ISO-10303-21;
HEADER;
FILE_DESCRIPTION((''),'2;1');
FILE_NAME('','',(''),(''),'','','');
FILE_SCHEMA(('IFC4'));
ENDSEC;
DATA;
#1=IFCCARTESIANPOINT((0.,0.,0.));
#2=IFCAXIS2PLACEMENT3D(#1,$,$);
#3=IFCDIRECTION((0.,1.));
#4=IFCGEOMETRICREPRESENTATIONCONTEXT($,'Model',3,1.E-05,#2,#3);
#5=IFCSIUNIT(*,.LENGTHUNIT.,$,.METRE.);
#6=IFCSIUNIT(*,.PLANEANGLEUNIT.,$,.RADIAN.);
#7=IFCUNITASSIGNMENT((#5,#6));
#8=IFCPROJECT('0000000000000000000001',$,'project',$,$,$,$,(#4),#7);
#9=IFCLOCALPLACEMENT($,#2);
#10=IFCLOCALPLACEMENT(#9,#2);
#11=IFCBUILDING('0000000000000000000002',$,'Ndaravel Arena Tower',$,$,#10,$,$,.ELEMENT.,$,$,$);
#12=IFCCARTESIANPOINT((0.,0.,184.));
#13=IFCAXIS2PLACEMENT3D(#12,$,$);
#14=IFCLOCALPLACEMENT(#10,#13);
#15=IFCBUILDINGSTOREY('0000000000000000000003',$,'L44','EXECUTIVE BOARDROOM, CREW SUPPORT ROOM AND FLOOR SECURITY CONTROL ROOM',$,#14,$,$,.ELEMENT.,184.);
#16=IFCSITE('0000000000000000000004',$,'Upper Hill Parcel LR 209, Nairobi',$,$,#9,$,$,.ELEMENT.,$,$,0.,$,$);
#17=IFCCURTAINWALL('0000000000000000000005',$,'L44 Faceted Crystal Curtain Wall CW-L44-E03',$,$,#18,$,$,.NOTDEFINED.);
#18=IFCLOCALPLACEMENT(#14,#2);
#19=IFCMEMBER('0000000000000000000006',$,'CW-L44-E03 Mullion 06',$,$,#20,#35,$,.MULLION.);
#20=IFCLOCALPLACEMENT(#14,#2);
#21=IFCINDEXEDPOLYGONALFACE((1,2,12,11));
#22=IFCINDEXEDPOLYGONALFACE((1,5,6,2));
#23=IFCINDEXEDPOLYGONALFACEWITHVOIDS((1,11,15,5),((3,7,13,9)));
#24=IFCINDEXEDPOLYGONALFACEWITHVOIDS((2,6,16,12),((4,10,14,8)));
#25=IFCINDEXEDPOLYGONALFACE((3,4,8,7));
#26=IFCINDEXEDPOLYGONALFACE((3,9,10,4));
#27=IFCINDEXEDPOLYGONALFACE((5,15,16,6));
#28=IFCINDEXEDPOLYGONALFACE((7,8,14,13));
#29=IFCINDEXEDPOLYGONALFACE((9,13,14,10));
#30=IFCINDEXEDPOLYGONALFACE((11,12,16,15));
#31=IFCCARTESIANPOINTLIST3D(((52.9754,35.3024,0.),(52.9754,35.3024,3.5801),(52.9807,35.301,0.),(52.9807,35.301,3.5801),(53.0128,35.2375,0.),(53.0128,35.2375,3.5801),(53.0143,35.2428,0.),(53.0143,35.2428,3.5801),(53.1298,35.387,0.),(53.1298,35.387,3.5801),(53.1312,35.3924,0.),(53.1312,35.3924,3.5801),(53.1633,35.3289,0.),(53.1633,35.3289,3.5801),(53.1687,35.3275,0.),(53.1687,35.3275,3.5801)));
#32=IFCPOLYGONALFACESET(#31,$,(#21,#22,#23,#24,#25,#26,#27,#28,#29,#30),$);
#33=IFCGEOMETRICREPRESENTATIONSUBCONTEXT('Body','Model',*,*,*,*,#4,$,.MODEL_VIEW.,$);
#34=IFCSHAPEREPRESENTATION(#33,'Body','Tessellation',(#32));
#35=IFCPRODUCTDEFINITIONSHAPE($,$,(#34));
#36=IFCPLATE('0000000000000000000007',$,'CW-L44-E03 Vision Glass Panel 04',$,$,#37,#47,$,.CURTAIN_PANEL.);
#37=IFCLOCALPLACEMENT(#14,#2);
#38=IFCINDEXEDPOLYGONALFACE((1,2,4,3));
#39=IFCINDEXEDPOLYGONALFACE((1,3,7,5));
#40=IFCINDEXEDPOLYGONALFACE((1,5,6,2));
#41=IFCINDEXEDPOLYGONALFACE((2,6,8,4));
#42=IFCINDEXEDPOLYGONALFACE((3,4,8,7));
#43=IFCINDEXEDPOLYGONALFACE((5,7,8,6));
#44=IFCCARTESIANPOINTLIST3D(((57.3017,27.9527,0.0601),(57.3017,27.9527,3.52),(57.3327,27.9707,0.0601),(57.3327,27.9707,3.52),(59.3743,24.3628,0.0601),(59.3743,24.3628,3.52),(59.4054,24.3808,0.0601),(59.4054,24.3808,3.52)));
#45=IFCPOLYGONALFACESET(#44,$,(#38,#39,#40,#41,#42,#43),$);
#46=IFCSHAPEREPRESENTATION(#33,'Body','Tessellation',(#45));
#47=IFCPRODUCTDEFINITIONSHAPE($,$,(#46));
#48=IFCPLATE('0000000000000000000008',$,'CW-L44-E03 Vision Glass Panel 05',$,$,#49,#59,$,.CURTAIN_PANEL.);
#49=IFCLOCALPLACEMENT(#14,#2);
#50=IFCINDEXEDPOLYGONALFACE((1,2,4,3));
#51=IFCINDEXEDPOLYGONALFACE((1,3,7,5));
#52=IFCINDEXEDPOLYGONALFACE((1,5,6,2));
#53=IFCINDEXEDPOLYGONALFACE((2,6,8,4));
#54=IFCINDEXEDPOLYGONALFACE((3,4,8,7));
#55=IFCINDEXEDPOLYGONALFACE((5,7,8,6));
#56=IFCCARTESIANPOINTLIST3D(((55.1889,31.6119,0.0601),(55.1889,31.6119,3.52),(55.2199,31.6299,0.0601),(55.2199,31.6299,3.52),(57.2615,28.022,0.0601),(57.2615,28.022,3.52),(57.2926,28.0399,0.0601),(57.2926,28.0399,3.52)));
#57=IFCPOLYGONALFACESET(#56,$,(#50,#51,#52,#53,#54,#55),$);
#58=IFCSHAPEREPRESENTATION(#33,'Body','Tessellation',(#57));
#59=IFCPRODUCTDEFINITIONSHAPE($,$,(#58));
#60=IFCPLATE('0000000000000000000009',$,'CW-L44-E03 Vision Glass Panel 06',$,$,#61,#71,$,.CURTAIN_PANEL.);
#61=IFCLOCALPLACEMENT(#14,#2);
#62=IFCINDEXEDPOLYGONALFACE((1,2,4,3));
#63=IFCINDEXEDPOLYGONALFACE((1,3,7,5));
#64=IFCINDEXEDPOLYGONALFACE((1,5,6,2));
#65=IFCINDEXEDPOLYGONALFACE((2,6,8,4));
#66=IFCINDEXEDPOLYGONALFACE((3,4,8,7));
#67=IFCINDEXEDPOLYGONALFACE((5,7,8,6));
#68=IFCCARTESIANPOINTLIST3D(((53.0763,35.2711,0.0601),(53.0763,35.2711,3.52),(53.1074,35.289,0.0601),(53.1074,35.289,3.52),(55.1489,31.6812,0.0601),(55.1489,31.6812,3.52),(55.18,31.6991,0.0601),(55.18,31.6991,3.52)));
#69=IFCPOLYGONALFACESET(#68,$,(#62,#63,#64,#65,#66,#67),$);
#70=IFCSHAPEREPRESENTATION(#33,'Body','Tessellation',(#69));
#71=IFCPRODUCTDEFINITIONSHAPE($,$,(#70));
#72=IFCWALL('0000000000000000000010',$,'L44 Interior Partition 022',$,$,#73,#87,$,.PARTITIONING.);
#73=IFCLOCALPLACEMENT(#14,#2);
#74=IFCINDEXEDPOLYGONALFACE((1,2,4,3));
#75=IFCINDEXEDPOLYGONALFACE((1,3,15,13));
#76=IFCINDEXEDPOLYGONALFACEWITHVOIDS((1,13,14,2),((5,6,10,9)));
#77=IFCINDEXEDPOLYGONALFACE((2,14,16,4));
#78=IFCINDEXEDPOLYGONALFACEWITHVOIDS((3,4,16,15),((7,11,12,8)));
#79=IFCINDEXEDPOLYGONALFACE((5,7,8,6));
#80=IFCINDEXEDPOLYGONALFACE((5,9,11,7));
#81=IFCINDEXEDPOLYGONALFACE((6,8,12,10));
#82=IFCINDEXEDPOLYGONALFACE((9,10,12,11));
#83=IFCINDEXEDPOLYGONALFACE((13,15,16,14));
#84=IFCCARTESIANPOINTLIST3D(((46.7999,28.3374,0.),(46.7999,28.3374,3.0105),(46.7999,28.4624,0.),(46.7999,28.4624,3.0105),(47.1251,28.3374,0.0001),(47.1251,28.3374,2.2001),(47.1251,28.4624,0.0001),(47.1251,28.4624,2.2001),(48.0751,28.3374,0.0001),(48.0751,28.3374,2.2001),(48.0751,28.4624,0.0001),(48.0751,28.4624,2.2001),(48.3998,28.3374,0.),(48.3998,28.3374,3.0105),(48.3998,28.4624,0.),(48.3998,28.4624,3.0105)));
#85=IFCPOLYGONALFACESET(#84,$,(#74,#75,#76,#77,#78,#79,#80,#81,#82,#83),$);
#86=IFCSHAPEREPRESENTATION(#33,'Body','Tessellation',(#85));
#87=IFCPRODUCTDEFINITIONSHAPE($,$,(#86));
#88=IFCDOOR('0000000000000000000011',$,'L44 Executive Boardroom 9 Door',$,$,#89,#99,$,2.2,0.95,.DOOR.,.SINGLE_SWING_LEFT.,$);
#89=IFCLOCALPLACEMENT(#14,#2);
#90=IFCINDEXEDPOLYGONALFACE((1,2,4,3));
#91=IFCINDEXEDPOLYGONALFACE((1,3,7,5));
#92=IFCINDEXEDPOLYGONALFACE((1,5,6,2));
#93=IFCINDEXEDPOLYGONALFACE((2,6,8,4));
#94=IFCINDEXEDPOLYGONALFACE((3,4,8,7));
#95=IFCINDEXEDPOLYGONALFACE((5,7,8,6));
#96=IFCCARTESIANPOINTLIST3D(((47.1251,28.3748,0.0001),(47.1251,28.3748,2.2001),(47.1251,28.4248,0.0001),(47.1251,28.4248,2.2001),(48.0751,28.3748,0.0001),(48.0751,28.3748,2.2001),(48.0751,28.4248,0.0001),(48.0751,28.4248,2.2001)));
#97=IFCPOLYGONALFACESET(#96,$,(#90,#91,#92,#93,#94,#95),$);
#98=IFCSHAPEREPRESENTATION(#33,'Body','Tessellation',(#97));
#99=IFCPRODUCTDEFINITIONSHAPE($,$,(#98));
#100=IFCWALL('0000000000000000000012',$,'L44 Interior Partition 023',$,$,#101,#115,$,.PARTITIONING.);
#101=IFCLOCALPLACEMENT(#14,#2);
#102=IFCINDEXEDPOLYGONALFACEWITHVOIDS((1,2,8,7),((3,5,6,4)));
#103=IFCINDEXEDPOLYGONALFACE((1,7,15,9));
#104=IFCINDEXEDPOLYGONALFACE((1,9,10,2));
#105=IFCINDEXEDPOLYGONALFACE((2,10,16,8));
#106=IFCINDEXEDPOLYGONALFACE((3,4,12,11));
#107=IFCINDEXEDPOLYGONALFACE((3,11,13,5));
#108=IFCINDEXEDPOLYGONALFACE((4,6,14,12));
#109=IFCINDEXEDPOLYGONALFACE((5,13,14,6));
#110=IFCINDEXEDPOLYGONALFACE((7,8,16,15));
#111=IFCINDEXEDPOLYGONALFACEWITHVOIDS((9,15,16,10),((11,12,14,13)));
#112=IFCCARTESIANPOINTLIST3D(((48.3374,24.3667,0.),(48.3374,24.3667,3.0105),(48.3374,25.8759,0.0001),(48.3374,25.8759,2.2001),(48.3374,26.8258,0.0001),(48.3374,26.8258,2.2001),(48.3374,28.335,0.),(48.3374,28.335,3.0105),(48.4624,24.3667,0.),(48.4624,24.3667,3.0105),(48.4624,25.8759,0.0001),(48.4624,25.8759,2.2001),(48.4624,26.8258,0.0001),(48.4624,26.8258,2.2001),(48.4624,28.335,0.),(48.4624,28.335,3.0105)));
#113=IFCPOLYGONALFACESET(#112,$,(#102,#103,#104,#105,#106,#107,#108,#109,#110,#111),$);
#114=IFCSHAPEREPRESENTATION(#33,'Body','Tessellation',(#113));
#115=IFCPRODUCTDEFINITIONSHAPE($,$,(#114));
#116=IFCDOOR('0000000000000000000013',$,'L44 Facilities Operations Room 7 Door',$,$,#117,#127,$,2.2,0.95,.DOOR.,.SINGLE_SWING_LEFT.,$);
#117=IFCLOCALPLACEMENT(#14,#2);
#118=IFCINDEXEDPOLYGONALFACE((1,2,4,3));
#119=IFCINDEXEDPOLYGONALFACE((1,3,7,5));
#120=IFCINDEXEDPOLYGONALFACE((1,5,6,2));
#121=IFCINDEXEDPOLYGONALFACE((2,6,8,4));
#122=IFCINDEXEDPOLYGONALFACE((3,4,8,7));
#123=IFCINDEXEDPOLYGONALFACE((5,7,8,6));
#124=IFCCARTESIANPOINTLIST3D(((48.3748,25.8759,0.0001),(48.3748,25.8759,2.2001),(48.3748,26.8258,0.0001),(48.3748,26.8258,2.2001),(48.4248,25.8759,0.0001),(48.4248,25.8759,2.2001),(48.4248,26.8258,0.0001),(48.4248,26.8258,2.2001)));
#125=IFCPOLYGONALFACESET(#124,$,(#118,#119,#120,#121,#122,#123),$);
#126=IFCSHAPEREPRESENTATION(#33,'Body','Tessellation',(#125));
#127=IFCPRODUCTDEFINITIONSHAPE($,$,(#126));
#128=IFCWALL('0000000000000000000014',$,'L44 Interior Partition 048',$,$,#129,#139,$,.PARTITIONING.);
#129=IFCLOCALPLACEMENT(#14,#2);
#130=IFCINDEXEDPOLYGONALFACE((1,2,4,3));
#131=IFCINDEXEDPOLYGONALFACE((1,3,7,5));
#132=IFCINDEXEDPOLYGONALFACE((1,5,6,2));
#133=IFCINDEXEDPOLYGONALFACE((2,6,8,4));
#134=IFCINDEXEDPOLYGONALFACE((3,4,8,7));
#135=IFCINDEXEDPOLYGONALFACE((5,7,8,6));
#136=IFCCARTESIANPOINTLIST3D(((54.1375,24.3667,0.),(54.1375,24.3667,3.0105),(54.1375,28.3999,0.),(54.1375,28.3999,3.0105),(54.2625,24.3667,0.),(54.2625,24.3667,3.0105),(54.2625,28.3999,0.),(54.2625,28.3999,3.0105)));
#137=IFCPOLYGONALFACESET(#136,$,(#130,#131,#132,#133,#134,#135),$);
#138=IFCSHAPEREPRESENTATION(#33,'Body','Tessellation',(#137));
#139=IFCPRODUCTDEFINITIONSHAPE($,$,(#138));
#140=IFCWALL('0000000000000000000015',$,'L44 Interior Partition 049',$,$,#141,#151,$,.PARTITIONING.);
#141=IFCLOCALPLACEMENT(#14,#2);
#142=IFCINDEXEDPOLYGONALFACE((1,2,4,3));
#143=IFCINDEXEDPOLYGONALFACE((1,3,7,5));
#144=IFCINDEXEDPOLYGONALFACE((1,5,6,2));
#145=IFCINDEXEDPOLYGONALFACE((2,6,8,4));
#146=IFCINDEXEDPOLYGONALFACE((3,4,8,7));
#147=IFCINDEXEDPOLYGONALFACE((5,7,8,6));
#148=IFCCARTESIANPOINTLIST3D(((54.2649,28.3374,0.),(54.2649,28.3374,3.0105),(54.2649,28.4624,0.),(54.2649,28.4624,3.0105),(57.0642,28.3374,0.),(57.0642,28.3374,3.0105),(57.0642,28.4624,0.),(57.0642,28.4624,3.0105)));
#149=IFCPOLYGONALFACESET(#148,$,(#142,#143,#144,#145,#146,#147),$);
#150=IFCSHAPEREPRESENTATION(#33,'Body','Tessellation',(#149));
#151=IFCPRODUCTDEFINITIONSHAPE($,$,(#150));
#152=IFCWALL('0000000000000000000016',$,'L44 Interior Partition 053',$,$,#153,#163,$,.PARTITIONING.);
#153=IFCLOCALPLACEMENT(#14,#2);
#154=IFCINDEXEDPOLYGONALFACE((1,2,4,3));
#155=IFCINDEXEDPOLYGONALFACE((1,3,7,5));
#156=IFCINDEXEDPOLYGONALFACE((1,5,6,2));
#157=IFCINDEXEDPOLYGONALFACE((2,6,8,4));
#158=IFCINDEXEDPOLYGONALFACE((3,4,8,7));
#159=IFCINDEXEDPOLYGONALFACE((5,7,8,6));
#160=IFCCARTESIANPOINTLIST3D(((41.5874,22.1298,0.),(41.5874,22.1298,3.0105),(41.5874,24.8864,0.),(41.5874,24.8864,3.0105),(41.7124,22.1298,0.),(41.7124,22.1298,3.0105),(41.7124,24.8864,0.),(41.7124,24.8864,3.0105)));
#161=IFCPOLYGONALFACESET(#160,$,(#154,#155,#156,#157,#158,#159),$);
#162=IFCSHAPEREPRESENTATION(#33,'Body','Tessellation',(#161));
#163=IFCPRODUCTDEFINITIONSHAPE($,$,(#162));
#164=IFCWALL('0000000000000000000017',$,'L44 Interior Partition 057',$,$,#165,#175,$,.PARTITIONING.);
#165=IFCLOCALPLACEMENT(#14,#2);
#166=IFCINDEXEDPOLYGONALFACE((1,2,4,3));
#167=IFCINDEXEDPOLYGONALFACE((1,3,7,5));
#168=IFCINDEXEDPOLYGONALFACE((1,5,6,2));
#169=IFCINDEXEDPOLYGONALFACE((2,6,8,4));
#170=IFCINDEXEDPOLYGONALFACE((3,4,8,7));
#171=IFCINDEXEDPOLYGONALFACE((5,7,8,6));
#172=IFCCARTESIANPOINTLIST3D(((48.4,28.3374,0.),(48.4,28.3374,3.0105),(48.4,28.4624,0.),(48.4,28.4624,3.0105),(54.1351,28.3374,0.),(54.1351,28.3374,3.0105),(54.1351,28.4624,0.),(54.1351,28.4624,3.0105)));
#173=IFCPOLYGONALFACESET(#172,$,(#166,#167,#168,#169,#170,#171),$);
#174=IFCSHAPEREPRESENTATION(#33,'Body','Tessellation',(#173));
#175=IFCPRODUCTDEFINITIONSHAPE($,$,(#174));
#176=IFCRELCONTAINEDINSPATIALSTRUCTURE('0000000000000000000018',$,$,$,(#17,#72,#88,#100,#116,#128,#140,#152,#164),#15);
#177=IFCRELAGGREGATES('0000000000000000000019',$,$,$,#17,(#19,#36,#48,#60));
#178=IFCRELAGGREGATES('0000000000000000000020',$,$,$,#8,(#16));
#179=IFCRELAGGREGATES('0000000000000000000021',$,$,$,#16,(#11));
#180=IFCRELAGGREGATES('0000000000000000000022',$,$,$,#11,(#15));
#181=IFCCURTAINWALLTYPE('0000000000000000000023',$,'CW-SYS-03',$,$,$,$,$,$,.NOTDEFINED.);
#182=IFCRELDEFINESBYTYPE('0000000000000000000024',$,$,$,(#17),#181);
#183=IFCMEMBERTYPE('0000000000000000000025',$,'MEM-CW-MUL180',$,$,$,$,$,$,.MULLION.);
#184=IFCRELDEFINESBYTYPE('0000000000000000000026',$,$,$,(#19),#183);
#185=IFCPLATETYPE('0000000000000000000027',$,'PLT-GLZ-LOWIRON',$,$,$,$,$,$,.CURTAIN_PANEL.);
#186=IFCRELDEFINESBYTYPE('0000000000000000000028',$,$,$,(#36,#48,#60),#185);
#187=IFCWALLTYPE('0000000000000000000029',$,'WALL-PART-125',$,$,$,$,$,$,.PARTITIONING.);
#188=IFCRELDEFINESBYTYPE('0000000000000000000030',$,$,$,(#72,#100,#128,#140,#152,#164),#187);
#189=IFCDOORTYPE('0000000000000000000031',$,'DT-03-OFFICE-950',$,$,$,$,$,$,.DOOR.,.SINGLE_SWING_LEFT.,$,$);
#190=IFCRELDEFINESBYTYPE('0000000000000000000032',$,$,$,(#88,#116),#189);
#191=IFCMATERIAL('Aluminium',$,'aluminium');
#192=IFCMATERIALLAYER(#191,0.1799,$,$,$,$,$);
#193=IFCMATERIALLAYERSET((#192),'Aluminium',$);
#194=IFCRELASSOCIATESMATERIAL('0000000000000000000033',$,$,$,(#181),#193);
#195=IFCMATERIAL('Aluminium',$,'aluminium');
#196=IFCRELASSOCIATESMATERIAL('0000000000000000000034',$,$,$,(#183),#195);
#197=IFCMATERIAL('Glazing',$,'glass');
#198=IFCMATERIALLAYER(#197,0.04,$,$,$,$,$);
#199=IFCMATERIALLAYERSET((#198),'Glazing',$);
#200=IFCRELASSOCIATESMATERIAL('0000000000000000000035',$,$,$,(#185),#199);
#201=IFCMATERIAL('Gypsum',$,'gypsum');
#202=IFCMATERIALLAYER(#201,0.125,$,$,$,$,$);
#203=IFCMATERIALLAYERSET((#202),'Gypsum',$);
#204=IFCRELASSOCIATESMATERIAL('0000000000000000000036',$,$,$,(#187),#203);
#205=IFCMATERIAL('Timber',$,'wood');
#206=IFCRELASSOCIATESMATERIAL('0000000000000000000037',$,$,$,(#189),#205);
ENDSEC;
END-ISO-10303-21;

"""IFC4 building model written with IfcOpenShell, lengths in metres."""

from ifc_helpers import new_model, si_unit, direction, frame, frame_2d, origin, origin_2d, place, context, subcontext, project, spatial, rectangle, hollow_rectangle, extrude, material, layer, layer_set, material_profile, profile_set, type_object, element, fill, aggregate, save


model = new_model("IFC4")

# Units and contexts
model_context = context("Model", 3, precision=1e-05, world=origin(), true_north=direction((0.0, 1.0)))
body_context = subcontext(model_context, "Body", "Model", "MODEL_VIEW")
ifc_project = project(units=[si_unit("LENGTHUNIT", "METRE"), si_unit("PLANEANGLEUNIT", "RADIAN")], contexts=[model_context])

# Site, building, storey
site_placement = place(None, origin())
site = spatial("IfcSite", under=ifc_project, at=site_placement, Name="Upper Hill Parcel LR 209, Nairobi", CompositionType="ELEMENT", RefElevation=0.0)
building_placement = place(site_placement, origin())
building = spatial("IfcBuilding", under=site, at=building_placement, Name="Ndaravel Arena Tower", CompositionType="ELEMENT")
storey_placement = place(building_placement, frame((0.0, 0.0, 184.0)))
storey = spatial("IfcBuildingStorey", under=building, at=storey_placement, Name="L44", Description="EXECUTIVE BOARDROOM, CREW SUPPORT ROOM AND FLOOR SECURITY CONTROL ROOM", CompositionType="ELEMENT", Elevation=184.0)

# Curtain wall, member, plates
ifc_material_1 = material(Name="Aluminium", Category="aluminium")
ifc_layer_1 = layer(ifc_material_1, 0.1799)
ifc_layer_set_1 = layer_set([ifc_layer_1], Name="Aluminium")
curtain_wall_type = type_object("IfcCurtainWallType", Name="CW-SYS-03", PredefinedType="NOTDEFINED", material=ifc_layer_set_1)
curtain_wall_placement = place(storey_placement, origin())
curtain_wall = element("IfcCurtainWall", 1, at=curtain_wall_placement, inside=storey, type_object=curtain_wall_type, Name="L44 Faceted Crystal Curtain Wall CW-L44-E03", PredefinedType="NOTDEFINED")
ifc_material_2 = material(Name="Aluminium", Category="aluminium")
ifc_material_profile_1 = material_profile(ifc_material_2, hollow_rectangle(XDim=0.075, YDim=0.1799, WallThickness=0.0039, at=origin_2d()), Name="CW MULLION 75x180x4")
ifc_profile_set_1 = profile_set([ifc_material_profile_1], Name="Aluminium")
member_type = type_object("IfcMemberType", Name="MEM-CW-MUL180", PredefinedType="MULLION", material=ifc_profile_set_1)
member_1_placement = place(storey_placement, frame((53.072, 35.3149, 0.0), z_axis=(0.0, 0.0, 1.0), x_axis=(-0.5, 0.866025, 0.0)))
member_1 = element("IfcMember", 2, at=member_1_placement, type_object=member_type, Name="CW-L44-E03 Mullion 06", PredefinedType="MULLION", context=body_context, shape_type="SweptSolid", body=[
    extrude(hollow_rectangle(XDim=0.075, YDim=0.1799, WallThickness=0.0039, at=origin_2d()), origin(), (0.0, 0.0, 1.0), 3.5801),
])
ifc_material_3 = material(Name="Glazing", Category="glass")
ifc_layer_2 = layer(ifc_material_3, 0.04)
ifc_layer_set_2 = layer_set([ifc_layer_2], Name="Glazing")
plate_type = type_object("IfcPlateType", Name="PLT-GLZ-LOWIRON", PredefinedType="CURTAIN_PANEL", material=ifc_layer_set_2)
plate_1_placement = place(storey_placement, frame((58.3535, 26.1667, 0.0601), z_axis=(0.0, 0.0, 1.0), x_axis=(-0.5, 0.866025, 0.0)))
plate_1 = element("IfcPlate", 3, at=plate_1_placement, type_object=plate_type, Name="CW-L44-E03 Vision Glass Panel 04", PredefinedType="CURTAIN_PANEL", context=body_context, shape_type="SweptSolid", body=[
    extrude(rectangle(XDim=4.1453, YDim=0.0359, at=origin_2d()), origin(), (0.0, 0.0, 1.0), 3.46),
])
plate_2_placement = place(storey_placement, frame((56.2407, 29.8259, 0.0601), z_axis=(0.0, 0.0, 1.0), x_axis=(-0.5, 0.866025, 0.0)))
plate_2 = element("IfcPlate", 4, at=plate_2_placement, type_object=plate_type, Name="CW-L44-E03 Vision Glass Panel 05", PredefinedType="CURTAIN_PANEL", context=body_context, shape_type="SweptSolid", body=[
    extrude(rectangle(XDim=4.1453, YDim=0.0359, at=origin_2d()), origin(), (0.0, 0.0, 1.0), 3.46),
])
plate_3_placement = place(storey_placement, frame((54.1282, 33.4851, 0.0601), z_axis=(0.0, 0.0, 1.0), x_axis=(-0.5, 0.866025, 0.0)))
plate_3 = element("IfcPlate", 5, at=plate_3_placement, type_object=plate_type, Name="CW-L44-E03 Vision Glass Panel 06", PredefinedType="CURTAIN_PANEL", context=body_context, shape_type="SweptSolid", body=[
    extrude(rectangle(XDim=4.1453, YDim=0.0359, at=origin_2d()), origin(), (0.0, 0.0, 1.0), 3.46),
])
aggregate(curtain_wall, [member_1, plate_1, plate_2, plate_3])

# Walls, openings, doors
ifc_material_4 = material(Name="Gypsum", Category="gypsum")
ifc_layer_3 = layer(ifc_material_4, 0.125)
ifc_layer_set_3 = layer_set([ifc_layer_3], Name="Gypsum")
wall_type_1 = type_object("IfcWallType", Name="WALL-PART-125", PredefinedType="PARTITIONING", material=ifc_layer_set_3)
wall_1_placement = place(storey_placement, frame((46.8, 28.3999, 0.0), z_axis=(0.0, 0.0, 1.0), x_axis=(1.0, 0.0, 0.0)))
wall_1 = element("IfcWall", 6, at=wall_1_placement, inside=storey, type_object=wall_type_1, Name="L44 Interior Partition 022", PredefinedType="PARTITIONING", context=body_context, shape_type="SweptSolid", body=[
    extrude(rectangle(XDim=1.5999, YDim=0.125, at=frame_2d((0.7998, 0.0))), origin(), (0.0, 0.0, 1.0), 3.0105),
])
opening_1_placement = place(wall_1_placement, frame((0.325, 0.0, 0.0)))
opening_1 = element("IfcOpeningElement", 7, at=opening_1_placement, cuts=wall_1, PredefinedType="OPENING", context=body_context, shape_type="SweptSolid", body=[
    extrude(rectangle(XDim=0.95, YDim=2.2, at=frame_2d((0.4751, 1.1001))), frame((0.0, 0.0625, 0.0), z_axis=(0.0, -1.0, 0.0), x_axis=(1.0, 0.0, 0.0)), (0.0, 0.0, 1.0), 0.125),
])
ifc_material_5 = material(Name="Timber", Category="wood")
door_type_1 = type_object("IfcDoorType", Name="DT-03-OFFICE-950", OperationType="SINGLE_SWING_LEFT", PredefinedType="DOOR", material=ifc_material_5)
door_1_placement = place(opening_1_placement, origin())
door_1 = element("IfcDoor", 8, at=door_1_placement, inside=storey, type_object=door_type_1, Name="L44 Executive Boardroom 9 Door", OperationType="SINGLE_SWING_LEFT", OverallHeight=2.2, OverallWidth=0.95, PredefinedType="DOOR", context=body_context, shape_type="SweptSolid", body=[
    extrude(rectangle(XDim=0.95, YDim=2.2, at=frame_2d((0.4751, 1.1001))), frame((0.0, 0.0249, 0.0), z_axis=(0.0, -1.0, 0.0), x_axis=(1.0, 0.0, 0.0)), (0.0, 0.0, 1.0), 0.05),
])
fill(opening_1, door_1)
wall_2_placement = place(storey_placement, frame((48.3999, 28.335, 0.0), z_axis=(0.0, 0.0, 1.0), x_axis=(0.0, -1.0, 0.0)))
wall_2 = element("IfcWall", 9, at=wall_2_placement, inside=storey, type_object=wall_type_1, Name="L44 Interior Partition 023", PredefinedType="PARTITIONING", context=body_context, shape_type="SweptSolid", body=[
    extrude(rectangle(XDim=3.9683, YDim=0.125, at=frame_2d((1.9841, 0.0))), origin(), (0.0, 0.0, 1.0), 3.0105),
])
opening_2_placement = place(wall_2_placement, frame((1.509, 0.0, 0.0)))
opening_2 = element("IfcOpeningElement", 10, at=opening_2_placement, cuts=wall_2, PredefinedType="OPENING", context=body_context, shape_type="SweptSolid", body=[
    extrude(rectangle(XDim=0.95, YDim=2.2, at=frame_2d((0.4751, 1.1001))), frame((0.0, 0.0625, 0.0), z_axis=(0.0, -1.0, 0.0), x_axis=(1.0, 0.0, 0.0)), (0.0, 0.0, 1.0), 0.125),
])
door_2_placement = place(opening_2_placement, origin())
door_2 = element("IfcDoor", 11, at=door_2_placement, inside=storey, type_object=door_type_1, Name="L44 Facilities Operations Room 7 Door", OperationType="SINGLE_SWING_LEFT", OverallHeight=2.2, OverallWidth=0.95, PredefinedType="DOOR", context=body_context, shape_type="SweptSolid", body=[
    extrude(rectangle(XDim=0.95, YDim=2.2, at=frame_2d((0.4751, 1.1001))), frame((0.0, 0.0249, 0.0), z_axis=(0.0, -1.0, 0.0), x_axis=(1.0, 0.0, 0.0)), (0.0, 0.0, 1.0), 0.05),
])
fill(opening_2, door_2)

# Walls
wall_3_placement = place(storey_placement, frame((54.2, 24.3667, 0.0), z_axis=(0.0, 0.0, 1.0), x_axis=(0.0, 1.0, 0.0)))
element("IfcWall", 12, at=wall_3_placement, inside=storey, type_object=wall_type_1, Name="L44 Interior Partition 048", PredefinedType="PARTITIONING", context=body_context, shape_type="SweptSolid", body=[
    extrude(rectangle(XDim=4.0332, YDim=0.125, at=frame_2d((2.0166, 0.0))), origin(), (0.0, 0.0, 1.0), 3.0105),
])
wall_4_placement = place(storey_placement, frame((54.2649, 28.3999, 0.0), z_axis=(0.0, 0.0, 1.0), x_axis=(1.0, 0.0, 0.0)))
element("IfcWall", 13, at=wall_4_placement, inside=storey, type_object=wall_type_1, Name="L44 Interior Partition 049", PredefinedType="PARTITIONING", context=body_context, shape_type="SweptSolid", body=[
    extrude(rectangle(XDim=2.7993, YDim=0.125, at=frame_2d((1.3997, 0.0))), origin(), (0.0, 0.0, 1.0), 3.0105),
])
wall_5_placement = place(storey_placement, frame((41.6499, 24.8865, 0.0), z_axis=(0.0, 0.0, 1.0), x_axis=(0.0, -1.0, 0.0)))
element("IfcWall", 14, at=wall_5_placement, inside=storey, type_object=wall_type_1, Name="L44 Interior Partition 053", PredefinedType="PARTITIONING", context=body_context, shape_type="SweptSolid", body=[
    extrude(rectangle(XDim=2.7566, YDim=0.125, at=frame_2d((1.3784, 0.0))), origin(), (0.0, 0.0, 1.0), 3.0105),
])
wall_6_placement = place(storey_placement, frame((48.3999, 28.3999, 0.0), z_axis=(0.0, 0.0, 1.0), x_axis=(1.0, 0.0, 0.0)))
element("IfcWall", 15, at=wall_6_placement, inside=storey, type_object=wall_type_1, Name="L44 Interior Partition 057", PredefinedType="PARTITIONING", context=body_context, shape_type="SweptSolid", body=[
    extrude(rectangle(XDim=5.7351, YDim=0.125, at=frame_2d((2.8677, 0.0))), origin(), (0.0, 0.0, 1.0), 3.0105),
])

save(model, "model.ifc")
